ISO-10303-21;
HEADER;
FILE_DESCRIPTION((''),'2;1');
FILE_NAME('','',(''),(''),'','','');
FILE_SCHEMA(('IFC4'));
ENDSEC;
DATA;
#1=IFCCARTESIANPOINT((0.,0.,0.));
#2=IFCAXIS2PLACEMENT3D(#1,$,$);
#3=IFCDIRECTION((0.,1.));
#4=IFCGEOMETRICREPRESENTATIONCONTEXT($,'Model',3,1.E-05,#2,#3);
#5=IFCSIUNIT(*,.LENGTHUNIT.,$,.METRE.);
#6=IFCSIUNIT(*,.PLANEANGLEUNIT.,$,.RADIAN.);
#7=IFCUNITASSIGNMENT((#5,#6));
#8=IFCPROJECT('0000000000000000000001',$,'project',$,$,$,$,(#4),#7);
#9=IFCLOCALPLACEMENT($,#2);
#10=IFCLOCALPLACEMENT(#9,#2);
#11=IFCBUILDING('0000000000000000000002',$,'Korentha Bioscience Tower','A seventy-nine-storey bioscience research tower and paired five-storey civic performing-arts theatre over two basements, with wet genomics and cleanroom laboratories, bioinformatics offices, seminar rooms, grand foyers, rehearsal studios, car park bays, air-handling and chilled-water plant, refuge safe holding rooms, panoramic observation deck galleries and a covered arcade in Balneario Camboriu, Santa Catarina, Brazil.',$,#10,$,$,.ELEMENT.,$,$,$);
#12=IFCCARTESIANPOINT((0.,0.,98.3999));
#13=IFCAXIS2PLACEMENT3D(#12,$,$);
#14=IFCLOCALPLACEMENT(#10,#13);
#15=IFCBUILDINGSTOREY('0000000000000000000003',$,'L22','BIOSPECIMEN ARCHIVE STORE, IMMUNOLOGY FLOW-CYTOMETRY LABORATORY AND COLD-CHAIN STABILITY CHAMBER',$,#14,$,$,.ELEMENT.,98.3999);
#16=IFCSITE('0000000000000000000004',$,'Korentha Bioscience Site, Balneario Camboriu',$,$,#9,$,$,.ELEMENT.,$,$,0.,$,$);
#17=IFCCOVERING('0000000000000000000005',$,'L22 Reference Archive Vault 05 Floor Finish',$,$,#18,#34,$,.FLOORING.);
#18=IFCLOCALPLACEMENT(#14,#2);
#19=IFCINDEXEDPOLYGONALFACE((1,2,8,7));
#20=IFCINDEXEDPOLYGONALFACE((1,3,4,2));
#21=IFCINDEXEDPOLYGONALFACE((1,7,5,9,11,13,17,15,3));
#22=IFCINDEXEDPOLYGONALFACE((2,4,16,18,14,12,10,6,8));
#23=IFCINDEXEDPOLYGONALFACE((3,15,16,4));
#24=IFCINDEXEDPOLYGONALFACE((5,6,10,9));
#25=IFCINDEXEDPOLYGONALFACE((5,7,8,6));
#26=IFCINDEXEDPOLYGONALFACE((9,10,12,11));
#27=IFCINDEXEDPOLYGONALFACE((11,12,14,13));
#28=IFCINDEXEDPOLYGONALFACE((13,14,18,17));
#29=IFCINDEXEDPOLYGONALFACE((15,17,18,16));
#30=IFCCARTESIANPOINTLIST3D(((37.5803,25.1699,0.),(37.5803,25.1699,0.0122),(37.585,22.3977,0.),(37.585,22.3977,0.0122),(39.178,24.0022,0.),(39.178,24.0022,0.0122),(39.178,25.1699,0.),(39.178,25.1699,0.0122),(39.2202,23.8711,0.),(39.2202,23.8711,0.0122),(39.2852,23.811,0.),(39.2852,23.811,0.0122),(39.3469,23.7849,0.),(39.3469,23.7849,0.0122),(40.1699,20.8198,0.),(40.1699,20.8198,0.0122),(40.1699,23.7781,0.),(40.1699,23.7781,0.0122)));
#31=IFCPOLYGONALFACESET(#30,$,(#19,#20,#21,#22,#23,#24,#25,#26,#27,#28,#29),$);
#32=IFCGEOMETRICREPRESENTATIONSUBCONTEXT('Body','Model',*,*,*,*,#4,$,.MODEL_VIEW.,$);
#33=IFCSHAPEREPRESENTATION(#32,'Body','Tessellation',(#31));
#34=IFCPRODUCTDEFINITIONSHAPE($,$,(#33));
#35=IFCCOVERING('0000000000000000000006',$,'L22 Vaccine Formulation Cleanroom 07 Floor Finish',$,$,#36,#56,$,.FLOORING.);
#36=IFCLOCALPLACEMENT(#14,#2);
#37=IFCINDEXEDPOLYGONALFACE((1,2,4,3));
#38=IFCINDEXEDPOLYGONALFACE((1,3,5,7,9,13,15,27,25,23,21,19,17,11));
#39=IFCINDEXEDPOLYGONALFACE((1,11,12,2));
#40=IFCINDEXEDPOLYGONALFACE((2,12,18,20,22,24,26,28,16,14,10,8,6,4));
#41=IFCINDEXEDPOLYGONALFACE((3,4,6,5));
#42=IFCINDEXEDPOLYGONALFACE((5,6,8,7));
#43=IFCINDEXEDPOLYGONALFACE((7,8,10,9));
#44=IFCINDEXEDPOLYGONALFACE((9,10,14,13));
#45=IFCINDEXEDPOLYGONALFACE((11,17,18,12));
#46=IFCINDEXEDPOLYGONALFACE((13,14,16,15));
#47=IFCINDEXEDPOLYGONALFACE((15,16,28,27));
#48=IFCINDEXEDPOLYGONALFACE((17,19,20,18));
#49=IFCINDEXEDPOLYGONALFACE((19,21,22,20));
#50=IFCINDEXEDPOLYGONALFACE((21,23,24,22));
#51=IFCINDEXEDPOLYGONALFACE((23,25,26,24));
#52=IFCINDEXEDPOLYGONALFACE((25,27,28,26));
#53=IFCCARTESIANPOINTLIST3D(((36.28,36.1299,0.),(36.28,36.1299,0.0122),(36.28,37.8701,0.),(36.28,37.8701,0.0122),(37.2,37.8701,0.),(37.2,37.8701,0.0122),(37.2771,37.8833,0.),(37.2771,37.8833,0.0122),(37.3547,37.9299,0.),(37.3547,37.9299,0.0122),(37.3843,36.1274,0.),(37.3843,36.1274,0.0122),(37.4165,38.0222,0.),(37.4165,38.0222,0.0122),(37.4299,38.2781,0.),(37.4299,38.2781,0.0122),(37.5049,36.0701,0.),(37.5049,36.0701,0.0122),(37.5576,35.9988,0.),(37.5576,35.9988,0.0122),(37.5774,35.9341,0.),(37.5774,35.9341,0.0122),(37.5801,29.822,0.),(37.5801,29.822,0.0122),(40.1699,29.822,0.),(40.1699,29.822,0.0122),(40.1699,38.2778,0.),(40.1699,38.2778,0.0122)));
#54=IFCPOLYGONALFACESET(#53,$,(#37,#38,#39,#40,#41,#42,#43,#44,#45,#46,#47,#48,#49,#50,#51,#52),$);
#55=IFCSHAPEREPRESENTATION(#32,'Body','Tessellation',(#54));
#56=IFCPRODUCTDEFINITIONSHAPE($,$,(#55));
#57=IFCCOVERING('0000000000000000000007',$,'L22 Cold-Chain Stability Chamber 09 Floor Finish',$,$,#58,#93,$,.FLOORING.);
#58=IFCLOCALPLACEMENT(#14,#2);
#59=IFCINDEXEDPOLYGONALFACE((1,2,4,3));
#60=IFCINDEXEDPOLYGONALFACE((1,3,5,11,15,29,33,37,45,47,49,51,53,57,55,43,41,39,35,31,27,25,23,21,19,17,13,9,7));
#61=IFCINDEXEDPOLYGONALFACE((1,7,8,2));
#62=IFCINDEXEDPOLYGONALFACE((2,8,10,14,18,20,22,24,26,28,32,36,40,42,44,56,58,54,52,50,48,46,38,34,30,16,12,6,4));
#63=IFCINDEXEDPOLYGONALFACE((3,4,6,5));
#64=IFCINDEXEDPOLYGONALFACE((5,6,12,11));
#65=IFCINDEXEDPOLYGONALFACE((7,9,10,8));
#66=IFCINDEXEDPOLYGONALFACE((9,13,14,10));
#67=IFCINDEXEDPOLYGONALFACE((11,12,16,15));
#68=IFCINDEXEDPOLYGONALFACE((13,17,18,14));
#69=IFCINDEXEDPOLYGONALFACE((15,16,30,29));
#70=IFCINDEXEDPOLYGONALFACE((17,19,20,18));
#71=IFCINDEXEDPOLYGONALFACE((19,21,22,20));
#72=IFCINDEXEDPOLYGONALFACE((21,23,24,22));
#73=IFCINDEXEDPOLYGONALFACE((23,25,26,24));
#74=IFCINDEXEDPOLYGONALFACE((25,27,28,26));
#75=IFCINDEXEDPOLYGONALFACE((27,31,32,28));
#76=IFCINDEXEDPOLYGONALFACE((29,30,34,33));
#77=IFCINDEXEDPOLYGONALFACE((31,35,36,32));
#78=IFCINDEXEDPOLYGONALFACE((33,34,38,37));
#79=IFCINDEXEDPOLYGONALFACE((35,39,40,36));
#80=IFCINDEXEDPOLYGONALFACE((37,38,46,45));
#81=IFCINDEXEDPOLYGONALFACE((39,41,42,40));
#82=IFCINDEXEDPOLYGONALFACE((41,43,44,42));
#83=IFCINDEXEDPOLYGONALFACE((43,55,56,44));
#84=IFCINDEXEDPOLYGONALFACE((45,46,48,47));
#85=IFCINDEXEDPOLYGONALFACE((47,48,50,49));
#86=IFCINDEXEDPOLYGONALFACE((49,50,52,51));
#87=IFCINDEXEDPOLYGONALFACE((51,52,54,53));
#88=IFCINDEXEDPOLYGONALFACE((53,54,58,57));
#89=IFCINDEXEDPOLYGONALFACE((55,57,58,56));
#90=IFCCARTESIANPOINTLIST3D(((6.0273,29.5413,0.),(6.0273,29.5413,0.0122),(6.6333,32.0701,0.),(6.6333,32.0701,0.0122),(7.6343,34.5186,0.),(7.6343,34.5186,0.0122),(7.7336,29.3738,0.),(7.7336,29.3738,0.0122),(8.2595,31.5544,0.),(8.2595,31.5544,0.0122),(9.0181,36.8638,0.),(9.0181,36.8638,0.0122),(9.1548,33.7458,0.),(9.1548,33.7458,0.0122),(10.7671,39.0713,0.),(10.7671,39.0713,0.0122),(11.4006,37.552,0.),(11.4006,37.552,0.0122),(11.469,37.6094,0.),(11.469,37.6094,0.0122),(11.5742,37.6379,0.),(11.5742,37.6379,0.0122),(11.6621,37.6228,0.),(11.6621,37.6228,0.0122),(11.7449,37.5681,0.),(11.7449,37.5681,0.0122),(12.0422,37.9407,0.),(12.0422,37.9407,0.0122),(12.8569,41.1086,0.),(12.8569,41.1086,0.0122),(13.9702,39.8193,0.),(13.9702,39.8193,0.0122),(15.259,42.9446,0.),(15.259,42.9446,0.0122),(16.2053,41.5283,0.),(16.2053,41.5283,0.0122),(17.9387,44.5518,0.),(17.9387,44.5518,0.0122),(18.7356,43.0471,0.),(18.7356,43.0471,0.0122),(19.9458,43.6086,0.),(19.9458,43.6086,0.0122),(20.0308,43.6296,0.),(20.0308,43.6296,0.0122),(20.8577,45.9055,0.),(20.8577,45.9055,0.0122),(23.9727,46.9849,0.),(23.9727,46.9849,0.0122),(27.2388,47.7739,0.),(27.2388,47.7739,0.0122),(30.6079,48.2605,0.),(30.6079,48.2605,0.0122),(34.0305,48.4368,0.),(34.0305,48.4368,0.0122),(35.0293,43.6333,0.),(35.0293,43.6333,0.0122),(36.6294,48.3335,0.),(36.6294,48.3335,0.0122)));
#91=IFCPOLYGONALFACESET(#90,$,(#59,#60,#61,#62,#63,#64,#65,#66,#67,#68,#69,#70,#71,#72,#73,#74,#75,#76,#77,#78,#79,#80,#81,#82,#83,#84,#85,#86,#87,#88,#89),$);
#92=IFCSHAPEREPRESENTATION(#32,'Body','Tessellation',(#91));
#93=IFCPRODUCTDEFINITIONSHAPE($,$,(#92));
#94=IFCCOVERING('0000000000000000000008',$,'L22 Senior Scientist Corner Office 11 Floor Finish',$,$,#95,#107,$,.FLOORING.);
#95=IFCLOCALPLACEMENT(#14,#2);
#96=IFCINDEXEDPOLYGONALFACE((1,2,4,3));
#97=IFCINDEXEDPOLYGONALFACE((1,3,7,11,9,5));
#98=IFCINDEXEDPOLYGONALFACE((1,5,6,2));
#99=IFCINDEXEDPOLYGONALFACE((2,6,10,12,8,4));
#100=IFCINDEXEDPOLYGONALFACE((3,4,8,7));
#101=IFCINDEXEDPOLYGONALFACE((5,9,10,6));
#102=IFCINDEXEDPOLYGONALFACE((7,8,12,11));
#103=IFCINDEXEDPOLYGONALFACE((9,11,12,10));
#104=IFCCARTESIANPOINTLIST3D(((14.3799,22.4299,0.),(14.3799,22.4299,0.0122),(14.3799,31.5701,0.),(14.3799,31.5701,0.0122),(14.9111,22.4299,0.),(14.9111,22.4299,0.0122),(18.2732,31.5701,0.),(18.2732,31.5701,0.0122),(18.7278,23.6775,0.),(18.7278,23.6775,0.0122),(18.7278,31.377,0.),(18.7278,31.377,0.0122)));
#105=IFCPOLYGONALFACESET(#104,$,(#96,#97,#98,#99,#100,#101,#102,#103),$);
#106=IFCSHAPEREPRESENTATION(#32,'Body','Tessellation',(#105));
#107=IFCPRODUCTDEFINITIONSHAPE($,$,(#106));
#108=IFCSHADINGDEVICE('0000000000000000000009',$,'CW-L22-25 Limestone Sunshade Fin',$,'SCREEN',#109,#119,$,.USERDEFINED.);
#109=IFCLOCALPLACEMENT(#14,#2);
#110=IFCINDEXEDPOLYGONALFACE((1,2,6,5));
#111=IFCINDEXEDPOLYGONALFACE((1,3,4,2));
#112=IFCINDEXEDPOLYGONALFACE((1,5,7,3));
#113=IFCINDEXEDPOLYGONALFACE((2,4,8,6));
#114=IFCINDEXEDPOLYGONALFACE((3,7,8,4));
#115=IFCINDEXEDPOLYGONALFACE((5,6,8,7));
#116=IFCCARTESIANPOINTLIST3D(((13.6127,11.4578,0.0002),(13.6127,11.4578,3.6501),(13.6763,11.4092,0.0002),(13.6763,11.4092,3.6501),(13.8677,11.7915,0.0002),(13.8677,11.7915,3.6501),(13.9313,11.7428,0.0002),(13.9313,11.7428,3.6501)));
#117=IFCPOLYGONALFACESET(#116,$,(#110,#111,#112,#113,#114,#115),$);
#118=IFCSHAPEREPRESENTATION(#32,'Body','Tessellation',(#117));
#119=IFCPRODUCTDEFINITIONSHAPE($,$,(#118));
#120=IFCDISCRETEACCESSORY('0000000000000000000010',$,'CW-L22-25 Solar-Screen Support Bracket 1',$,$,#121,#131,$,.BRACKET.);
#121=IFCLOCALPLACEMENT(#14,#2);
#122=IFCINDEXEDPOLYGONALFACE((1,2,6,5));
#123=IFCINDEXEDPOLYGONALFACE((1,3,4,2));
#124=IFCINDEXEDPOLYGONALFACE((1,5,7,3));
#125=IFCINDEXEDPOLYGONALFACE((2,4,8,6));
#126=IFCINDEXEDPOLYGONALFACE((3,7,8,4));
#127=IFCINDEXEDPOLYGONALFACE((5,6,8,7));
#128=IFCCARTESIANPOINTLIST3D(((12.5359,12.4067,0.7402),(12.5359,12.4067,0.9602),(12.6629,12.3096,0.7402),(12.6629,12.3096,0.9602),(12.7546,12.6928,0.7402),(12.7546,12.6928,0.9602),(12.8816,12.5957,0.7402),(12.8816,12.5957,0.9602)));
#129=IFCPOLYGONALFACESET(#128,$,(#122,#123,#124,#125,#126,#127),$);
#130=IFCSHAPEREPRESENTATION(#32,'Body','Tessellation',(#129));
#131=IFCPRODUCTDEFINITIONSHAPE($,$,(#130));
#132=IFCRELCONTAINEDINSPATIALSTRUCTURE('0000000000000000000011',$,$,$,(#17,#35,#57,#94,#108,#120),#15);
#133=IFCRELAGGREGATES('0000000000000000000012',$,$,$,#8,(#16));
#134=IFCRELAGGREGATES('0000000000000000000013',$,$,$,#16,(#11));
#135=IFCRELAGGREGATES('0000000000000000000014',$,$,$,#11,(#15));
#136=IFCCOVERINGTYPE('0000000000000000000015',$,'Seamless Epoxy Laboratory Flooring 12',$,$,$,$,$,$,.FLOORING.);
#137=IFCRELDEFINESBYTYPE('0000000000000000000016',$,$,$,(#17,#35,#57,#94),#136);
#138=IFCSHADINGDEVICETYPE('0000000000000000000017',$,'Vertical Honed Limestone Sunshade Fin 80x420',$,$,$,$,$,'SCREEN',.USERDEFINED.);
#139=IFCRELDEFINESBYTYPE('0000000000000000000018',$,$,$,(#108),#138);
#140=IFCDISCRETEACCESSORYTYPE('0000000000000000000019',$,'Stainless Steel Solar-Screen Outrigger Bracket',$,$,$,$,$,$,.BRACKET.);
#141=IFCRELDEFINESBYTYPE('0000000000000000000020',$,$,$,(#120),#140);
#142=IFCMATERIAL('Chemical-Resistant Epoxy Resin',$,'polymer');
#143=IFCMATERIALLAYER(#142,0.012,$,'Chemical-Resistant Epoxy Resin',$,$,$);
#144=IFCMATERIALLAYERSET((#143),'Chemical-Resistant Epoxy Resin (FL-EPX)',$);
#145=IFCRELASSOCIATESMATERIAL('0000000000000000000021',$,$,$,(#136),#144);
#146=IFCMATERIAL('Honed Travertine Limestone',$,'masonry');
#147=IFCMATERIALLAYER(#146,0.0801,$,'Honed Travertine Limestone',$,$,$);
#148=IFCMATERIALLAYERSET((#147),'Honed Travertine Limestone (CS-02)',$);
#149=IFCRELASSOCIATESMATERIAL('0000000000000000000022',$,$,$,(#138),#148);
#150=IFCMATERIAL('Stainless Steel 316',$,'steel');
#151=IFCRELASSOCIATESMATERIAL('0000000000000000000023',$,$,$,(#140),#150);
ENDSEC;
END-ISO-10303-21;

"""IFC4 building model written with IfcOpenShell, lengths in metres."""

from ifc_helpers import new_model, si_unit, direction, frame, origin, origin_2d, place, context, subcontext, project, spatial, polyline, rectangle, outline, extrude, material, layer, layer_set, type_object, element, save


model = new_model("IFC4")

# Units and contexts
model_context = context("Model", 3, precision=1e-05, world=origin(), true_north=direction((0.0, 1.0)))
body_context = subcontext(model_context, "Body", "Model", "MODEL_VIEW")
ifc_project = project(units=[si_unit("LENGTHUNIT", "METRE"), si_unit("PLANEANGLEUNIT", "RADIAN")], contexts=[model_context])

# Site, building, storey
site_placement = place(None, origin())
site = spatial("IfcSite", under=ifc_project, at=site_placement, Name="Korentha Bioscience Site, Balneario Camboriu", CompositionType="ELEMENT", RefElevation=0.0)
building_placement = place(site_placement, origin())
building = spatial("IfcBuilding", under=site, at=building_placement, Name="Korentha Bioscience Tower", Description="A seventy-nine-storey bioscience research tower and paired five-storey civic performing-arts theatre over two basements, with wet genomics and cleanroom laboratories, bioinformatics offices, seminar rooms, grand foyers, rehearsal studios, car park bays, air-handling and chilled-water plant, refuge safe holding rooms, panoramic observation deck galleries and a covered arcade in Balneario Camboriu, Santa Catarina, Brazil.", CompositionType="ELEMENT")
storey_placement = place(building_placement, frame((0.0, 0.0, 98.3999)))
storey = spatial("IfcBuildingStorey", under=building, at=storey_placement, Name="L22", Description="BIOSPECIMEN ARCHIVE STORE, IMMUNOLOGY FLOW-CYTOMETRY LABORATORY AND COLD-CHAIN STABILITY CHAMBER", CompositionType="ELEMENT", Elevation=98.3999)

# Coverings
ifc_material_1 = material(Name="Chemical-Resistant Epoxy Resin", Category="polymer")
ifc_layer_1 = layer(ifc_material_1, 0.012, Name="Chemical-Resistant Epoxy Resin")
ifc_layer_set_1 = layer_set([ifc_layer_1], Name="Chemical-Resistant Epoxy Resin (FL-EPX)")
covering_type_1 = type_object("IfcCoveringType", Name="Seamless Epoxy Laboratory Flooring 12", PredefinedType="FLOORING", material=ifc_layer_set_1)
covering_1_placement = place(storey_placement, origin())
element("IfcCovering", 1, at=covering_1_placement, inside=storey, type_object=covering_type_1, Name="L22 Reference Archive Vault 05 Floor Finish", PredefinedType="FLOORING", context=body_context, shape_type="SweptSolid", body=[
    extrude(outline(polyline([(39.178, 24.0022), (39.2202, 23.8711), (39.2852, 23.811), (39.3469, 23.7849), (40.1699, 23.7781), (40.1699, 20.8198), (37.585, 22.3977), (37.5803, 25.1699), (39.178, 25.1699), (39.178, 24.0022)])), origin(), (0.0, 0.0, 1.0), 0.0122),
])
covering_2_placement = place(storey_placement, origin())
element("IfcCovering", 2, at=covering_2_placement, inside=storey, type_object=covering_type_1, Name="L22 Vaccine Formulation Cleanroom 07 Floor Finish", PredefinedType="FLOORING", context=body_context, shape_type="SweptSolid", body=[
    extrude(outline(polyline([(37.4299, 38.2781), (40.1699, 38.2778), (40.1699, 29.822), (37.5801, 29.822), (37.5774, 35.9341), (37.5576, 35.9988), (37.5049, 36.0701), (37.3843, 36.1274), (36.28, 36.1299), (36.28, 37.8701), (37.2, 37.8701), (37.2771, 37.8833), (37.3547, 37.9299), (37.4165, 38.0222), (37.4299, 38.2781)])), origin(), (0.0, 0.0, 1.0), 0.0122),
])
covering_3_placement = place(storey_placement, origin())
element("IfcCovering", 3, at=covering_3_placement, inside=storey, type_object=covering_type_1, Name="L22 Cold-Chain Stability Chamber 09 Floor Finish", PredefinedType="FLOORING", context=body_context, shape_type="SweptSolid", body=[
    extrude(outline(polyline([(6.6333, 32.0701), (7.6343, 34.5186), (9.0181, 36.8638), (10.7671, 39.0713), (12.8569, 41.1086), (15.259, 42.9446), (17.9387, 44.5518), (20.8577, 45.9055), (23.9727, 46.9849), (27.2388, 47.7739), (30.6079, 48.2605), (34.0305, 48.4368), (36.6294, 48.3335), (35.0293, 43.6333), (20.0308, 43.6296), (19.9458, 43.6086), (18.7356, 43.0471), (16.2053, 41.5283), (13.9702, 39.8193), (12.0422, 37.9407), (11.7449, 37.5681), (11.6621, 37.6228), (11.5742, 37.6379), (11.469, 37.6094), (11.4006, 37.552), (9.1548, 33.7458), (8.2595, 31.5544), (7.7336, 29.3738), (6.0273, 29.5413), (6.6333, 32.0701)])), origin(), (0.0, 0.0, 1.0), 0.0122),
])
covering_4_placement = place(storey_placement, origin())
element("IfcCovering", 4, at=covering_4_placement, inside=storey, type_object=covering_type_1, Name="L22 Senior Scientist Corner Office 11 Floor Finish", PredefinedType="FLOORING", context=body_context, shape_type="SweptSolid", body=[
    extrude(outline(polyline([(14.3799, 22.4299), (14.3799, 31.5701), (18.2732, 31.5701), (18.7278, 31.377), (18.7278, 23.6775), (14.9111, 22.4299), (14.3799, 22.4299)])), origin(), (0.0, 0.0, 1.0), 0.0122),
])

# Shading device
ifc_material_2 = material(Name="Honed Travertine Limestone", Category="masonry")
ifc_layer_2 = layer(ifc_material_2, 0.0801, Name="Honed Travertine Limestone")
ifc_layer_set_2 = layer_set([ifc_layer_2], Name="Honed Travertine Limestone (CS-02)")
shading_device_type = type_object("IfcShadingDeviceType", Name="Vertical Honed Limestone Sunshade Fin 80x420", ElementType="SCREEN", PredefinedType="USERDEFINED", material=ifc_layer_set_2)
shading_device_placement = place(storey_placement, frame((13.772, 11.6003, 0.0002), z_axis=(0.0, 0.0, 1.0), x_axis=(0.7945, -0.607265, 0.0)))
element("IfcShadingDevice", 5, at=shading_device_placement, inside=storey, type_object=shading_device_type, Name="CW-L22-25 Limestone Sunshade Fin", ObjectType="SCREEN", PredefinedType="USERDEFINED", context=body_context, shape_type="SweptSolid", body=[
    extrude(rectangle(XDim=0.0801, YDim=0.4199, at=origin_2d()), origin(), (0.0, 0.0, 1.0), 3.6499),
])

# Discrete accessory
ifc_material_3 = material(Name="Stainless Steel 316", Category="steel")
discrete_accessory_type = type_object("IfcDiscreteAccessoryType", Name="Stainless Steel Solar-Screen Outrigger Bracket", PredefinedType="BRACKET", material=ifc_material_3)
discrete_accessory_placement = place(storey_placement, frame((12.7087, 12.5012, 0.7402), z_axis=(0.0, 0.0, 1.0), x_axis=(0.7945, -0.607265, 0.0)))
element("IfcDiscreteAccessory", 6, at=discrete_accessory_placement, inside=storey, type_object=discrete_accessory_type, Name="CW-L22-25 Solar-Screen Support Bracket 1", PredefinedType="BRACKET", context=body_context, shape_type="SweptSolid", body=[
    extrude(rectangle(XDim=0.1599, YDim=0.3601, at=origin_2d()), origin(), (0.0, 0.0, 1.0), 0.22),
])

save(model, "model.ifc")
